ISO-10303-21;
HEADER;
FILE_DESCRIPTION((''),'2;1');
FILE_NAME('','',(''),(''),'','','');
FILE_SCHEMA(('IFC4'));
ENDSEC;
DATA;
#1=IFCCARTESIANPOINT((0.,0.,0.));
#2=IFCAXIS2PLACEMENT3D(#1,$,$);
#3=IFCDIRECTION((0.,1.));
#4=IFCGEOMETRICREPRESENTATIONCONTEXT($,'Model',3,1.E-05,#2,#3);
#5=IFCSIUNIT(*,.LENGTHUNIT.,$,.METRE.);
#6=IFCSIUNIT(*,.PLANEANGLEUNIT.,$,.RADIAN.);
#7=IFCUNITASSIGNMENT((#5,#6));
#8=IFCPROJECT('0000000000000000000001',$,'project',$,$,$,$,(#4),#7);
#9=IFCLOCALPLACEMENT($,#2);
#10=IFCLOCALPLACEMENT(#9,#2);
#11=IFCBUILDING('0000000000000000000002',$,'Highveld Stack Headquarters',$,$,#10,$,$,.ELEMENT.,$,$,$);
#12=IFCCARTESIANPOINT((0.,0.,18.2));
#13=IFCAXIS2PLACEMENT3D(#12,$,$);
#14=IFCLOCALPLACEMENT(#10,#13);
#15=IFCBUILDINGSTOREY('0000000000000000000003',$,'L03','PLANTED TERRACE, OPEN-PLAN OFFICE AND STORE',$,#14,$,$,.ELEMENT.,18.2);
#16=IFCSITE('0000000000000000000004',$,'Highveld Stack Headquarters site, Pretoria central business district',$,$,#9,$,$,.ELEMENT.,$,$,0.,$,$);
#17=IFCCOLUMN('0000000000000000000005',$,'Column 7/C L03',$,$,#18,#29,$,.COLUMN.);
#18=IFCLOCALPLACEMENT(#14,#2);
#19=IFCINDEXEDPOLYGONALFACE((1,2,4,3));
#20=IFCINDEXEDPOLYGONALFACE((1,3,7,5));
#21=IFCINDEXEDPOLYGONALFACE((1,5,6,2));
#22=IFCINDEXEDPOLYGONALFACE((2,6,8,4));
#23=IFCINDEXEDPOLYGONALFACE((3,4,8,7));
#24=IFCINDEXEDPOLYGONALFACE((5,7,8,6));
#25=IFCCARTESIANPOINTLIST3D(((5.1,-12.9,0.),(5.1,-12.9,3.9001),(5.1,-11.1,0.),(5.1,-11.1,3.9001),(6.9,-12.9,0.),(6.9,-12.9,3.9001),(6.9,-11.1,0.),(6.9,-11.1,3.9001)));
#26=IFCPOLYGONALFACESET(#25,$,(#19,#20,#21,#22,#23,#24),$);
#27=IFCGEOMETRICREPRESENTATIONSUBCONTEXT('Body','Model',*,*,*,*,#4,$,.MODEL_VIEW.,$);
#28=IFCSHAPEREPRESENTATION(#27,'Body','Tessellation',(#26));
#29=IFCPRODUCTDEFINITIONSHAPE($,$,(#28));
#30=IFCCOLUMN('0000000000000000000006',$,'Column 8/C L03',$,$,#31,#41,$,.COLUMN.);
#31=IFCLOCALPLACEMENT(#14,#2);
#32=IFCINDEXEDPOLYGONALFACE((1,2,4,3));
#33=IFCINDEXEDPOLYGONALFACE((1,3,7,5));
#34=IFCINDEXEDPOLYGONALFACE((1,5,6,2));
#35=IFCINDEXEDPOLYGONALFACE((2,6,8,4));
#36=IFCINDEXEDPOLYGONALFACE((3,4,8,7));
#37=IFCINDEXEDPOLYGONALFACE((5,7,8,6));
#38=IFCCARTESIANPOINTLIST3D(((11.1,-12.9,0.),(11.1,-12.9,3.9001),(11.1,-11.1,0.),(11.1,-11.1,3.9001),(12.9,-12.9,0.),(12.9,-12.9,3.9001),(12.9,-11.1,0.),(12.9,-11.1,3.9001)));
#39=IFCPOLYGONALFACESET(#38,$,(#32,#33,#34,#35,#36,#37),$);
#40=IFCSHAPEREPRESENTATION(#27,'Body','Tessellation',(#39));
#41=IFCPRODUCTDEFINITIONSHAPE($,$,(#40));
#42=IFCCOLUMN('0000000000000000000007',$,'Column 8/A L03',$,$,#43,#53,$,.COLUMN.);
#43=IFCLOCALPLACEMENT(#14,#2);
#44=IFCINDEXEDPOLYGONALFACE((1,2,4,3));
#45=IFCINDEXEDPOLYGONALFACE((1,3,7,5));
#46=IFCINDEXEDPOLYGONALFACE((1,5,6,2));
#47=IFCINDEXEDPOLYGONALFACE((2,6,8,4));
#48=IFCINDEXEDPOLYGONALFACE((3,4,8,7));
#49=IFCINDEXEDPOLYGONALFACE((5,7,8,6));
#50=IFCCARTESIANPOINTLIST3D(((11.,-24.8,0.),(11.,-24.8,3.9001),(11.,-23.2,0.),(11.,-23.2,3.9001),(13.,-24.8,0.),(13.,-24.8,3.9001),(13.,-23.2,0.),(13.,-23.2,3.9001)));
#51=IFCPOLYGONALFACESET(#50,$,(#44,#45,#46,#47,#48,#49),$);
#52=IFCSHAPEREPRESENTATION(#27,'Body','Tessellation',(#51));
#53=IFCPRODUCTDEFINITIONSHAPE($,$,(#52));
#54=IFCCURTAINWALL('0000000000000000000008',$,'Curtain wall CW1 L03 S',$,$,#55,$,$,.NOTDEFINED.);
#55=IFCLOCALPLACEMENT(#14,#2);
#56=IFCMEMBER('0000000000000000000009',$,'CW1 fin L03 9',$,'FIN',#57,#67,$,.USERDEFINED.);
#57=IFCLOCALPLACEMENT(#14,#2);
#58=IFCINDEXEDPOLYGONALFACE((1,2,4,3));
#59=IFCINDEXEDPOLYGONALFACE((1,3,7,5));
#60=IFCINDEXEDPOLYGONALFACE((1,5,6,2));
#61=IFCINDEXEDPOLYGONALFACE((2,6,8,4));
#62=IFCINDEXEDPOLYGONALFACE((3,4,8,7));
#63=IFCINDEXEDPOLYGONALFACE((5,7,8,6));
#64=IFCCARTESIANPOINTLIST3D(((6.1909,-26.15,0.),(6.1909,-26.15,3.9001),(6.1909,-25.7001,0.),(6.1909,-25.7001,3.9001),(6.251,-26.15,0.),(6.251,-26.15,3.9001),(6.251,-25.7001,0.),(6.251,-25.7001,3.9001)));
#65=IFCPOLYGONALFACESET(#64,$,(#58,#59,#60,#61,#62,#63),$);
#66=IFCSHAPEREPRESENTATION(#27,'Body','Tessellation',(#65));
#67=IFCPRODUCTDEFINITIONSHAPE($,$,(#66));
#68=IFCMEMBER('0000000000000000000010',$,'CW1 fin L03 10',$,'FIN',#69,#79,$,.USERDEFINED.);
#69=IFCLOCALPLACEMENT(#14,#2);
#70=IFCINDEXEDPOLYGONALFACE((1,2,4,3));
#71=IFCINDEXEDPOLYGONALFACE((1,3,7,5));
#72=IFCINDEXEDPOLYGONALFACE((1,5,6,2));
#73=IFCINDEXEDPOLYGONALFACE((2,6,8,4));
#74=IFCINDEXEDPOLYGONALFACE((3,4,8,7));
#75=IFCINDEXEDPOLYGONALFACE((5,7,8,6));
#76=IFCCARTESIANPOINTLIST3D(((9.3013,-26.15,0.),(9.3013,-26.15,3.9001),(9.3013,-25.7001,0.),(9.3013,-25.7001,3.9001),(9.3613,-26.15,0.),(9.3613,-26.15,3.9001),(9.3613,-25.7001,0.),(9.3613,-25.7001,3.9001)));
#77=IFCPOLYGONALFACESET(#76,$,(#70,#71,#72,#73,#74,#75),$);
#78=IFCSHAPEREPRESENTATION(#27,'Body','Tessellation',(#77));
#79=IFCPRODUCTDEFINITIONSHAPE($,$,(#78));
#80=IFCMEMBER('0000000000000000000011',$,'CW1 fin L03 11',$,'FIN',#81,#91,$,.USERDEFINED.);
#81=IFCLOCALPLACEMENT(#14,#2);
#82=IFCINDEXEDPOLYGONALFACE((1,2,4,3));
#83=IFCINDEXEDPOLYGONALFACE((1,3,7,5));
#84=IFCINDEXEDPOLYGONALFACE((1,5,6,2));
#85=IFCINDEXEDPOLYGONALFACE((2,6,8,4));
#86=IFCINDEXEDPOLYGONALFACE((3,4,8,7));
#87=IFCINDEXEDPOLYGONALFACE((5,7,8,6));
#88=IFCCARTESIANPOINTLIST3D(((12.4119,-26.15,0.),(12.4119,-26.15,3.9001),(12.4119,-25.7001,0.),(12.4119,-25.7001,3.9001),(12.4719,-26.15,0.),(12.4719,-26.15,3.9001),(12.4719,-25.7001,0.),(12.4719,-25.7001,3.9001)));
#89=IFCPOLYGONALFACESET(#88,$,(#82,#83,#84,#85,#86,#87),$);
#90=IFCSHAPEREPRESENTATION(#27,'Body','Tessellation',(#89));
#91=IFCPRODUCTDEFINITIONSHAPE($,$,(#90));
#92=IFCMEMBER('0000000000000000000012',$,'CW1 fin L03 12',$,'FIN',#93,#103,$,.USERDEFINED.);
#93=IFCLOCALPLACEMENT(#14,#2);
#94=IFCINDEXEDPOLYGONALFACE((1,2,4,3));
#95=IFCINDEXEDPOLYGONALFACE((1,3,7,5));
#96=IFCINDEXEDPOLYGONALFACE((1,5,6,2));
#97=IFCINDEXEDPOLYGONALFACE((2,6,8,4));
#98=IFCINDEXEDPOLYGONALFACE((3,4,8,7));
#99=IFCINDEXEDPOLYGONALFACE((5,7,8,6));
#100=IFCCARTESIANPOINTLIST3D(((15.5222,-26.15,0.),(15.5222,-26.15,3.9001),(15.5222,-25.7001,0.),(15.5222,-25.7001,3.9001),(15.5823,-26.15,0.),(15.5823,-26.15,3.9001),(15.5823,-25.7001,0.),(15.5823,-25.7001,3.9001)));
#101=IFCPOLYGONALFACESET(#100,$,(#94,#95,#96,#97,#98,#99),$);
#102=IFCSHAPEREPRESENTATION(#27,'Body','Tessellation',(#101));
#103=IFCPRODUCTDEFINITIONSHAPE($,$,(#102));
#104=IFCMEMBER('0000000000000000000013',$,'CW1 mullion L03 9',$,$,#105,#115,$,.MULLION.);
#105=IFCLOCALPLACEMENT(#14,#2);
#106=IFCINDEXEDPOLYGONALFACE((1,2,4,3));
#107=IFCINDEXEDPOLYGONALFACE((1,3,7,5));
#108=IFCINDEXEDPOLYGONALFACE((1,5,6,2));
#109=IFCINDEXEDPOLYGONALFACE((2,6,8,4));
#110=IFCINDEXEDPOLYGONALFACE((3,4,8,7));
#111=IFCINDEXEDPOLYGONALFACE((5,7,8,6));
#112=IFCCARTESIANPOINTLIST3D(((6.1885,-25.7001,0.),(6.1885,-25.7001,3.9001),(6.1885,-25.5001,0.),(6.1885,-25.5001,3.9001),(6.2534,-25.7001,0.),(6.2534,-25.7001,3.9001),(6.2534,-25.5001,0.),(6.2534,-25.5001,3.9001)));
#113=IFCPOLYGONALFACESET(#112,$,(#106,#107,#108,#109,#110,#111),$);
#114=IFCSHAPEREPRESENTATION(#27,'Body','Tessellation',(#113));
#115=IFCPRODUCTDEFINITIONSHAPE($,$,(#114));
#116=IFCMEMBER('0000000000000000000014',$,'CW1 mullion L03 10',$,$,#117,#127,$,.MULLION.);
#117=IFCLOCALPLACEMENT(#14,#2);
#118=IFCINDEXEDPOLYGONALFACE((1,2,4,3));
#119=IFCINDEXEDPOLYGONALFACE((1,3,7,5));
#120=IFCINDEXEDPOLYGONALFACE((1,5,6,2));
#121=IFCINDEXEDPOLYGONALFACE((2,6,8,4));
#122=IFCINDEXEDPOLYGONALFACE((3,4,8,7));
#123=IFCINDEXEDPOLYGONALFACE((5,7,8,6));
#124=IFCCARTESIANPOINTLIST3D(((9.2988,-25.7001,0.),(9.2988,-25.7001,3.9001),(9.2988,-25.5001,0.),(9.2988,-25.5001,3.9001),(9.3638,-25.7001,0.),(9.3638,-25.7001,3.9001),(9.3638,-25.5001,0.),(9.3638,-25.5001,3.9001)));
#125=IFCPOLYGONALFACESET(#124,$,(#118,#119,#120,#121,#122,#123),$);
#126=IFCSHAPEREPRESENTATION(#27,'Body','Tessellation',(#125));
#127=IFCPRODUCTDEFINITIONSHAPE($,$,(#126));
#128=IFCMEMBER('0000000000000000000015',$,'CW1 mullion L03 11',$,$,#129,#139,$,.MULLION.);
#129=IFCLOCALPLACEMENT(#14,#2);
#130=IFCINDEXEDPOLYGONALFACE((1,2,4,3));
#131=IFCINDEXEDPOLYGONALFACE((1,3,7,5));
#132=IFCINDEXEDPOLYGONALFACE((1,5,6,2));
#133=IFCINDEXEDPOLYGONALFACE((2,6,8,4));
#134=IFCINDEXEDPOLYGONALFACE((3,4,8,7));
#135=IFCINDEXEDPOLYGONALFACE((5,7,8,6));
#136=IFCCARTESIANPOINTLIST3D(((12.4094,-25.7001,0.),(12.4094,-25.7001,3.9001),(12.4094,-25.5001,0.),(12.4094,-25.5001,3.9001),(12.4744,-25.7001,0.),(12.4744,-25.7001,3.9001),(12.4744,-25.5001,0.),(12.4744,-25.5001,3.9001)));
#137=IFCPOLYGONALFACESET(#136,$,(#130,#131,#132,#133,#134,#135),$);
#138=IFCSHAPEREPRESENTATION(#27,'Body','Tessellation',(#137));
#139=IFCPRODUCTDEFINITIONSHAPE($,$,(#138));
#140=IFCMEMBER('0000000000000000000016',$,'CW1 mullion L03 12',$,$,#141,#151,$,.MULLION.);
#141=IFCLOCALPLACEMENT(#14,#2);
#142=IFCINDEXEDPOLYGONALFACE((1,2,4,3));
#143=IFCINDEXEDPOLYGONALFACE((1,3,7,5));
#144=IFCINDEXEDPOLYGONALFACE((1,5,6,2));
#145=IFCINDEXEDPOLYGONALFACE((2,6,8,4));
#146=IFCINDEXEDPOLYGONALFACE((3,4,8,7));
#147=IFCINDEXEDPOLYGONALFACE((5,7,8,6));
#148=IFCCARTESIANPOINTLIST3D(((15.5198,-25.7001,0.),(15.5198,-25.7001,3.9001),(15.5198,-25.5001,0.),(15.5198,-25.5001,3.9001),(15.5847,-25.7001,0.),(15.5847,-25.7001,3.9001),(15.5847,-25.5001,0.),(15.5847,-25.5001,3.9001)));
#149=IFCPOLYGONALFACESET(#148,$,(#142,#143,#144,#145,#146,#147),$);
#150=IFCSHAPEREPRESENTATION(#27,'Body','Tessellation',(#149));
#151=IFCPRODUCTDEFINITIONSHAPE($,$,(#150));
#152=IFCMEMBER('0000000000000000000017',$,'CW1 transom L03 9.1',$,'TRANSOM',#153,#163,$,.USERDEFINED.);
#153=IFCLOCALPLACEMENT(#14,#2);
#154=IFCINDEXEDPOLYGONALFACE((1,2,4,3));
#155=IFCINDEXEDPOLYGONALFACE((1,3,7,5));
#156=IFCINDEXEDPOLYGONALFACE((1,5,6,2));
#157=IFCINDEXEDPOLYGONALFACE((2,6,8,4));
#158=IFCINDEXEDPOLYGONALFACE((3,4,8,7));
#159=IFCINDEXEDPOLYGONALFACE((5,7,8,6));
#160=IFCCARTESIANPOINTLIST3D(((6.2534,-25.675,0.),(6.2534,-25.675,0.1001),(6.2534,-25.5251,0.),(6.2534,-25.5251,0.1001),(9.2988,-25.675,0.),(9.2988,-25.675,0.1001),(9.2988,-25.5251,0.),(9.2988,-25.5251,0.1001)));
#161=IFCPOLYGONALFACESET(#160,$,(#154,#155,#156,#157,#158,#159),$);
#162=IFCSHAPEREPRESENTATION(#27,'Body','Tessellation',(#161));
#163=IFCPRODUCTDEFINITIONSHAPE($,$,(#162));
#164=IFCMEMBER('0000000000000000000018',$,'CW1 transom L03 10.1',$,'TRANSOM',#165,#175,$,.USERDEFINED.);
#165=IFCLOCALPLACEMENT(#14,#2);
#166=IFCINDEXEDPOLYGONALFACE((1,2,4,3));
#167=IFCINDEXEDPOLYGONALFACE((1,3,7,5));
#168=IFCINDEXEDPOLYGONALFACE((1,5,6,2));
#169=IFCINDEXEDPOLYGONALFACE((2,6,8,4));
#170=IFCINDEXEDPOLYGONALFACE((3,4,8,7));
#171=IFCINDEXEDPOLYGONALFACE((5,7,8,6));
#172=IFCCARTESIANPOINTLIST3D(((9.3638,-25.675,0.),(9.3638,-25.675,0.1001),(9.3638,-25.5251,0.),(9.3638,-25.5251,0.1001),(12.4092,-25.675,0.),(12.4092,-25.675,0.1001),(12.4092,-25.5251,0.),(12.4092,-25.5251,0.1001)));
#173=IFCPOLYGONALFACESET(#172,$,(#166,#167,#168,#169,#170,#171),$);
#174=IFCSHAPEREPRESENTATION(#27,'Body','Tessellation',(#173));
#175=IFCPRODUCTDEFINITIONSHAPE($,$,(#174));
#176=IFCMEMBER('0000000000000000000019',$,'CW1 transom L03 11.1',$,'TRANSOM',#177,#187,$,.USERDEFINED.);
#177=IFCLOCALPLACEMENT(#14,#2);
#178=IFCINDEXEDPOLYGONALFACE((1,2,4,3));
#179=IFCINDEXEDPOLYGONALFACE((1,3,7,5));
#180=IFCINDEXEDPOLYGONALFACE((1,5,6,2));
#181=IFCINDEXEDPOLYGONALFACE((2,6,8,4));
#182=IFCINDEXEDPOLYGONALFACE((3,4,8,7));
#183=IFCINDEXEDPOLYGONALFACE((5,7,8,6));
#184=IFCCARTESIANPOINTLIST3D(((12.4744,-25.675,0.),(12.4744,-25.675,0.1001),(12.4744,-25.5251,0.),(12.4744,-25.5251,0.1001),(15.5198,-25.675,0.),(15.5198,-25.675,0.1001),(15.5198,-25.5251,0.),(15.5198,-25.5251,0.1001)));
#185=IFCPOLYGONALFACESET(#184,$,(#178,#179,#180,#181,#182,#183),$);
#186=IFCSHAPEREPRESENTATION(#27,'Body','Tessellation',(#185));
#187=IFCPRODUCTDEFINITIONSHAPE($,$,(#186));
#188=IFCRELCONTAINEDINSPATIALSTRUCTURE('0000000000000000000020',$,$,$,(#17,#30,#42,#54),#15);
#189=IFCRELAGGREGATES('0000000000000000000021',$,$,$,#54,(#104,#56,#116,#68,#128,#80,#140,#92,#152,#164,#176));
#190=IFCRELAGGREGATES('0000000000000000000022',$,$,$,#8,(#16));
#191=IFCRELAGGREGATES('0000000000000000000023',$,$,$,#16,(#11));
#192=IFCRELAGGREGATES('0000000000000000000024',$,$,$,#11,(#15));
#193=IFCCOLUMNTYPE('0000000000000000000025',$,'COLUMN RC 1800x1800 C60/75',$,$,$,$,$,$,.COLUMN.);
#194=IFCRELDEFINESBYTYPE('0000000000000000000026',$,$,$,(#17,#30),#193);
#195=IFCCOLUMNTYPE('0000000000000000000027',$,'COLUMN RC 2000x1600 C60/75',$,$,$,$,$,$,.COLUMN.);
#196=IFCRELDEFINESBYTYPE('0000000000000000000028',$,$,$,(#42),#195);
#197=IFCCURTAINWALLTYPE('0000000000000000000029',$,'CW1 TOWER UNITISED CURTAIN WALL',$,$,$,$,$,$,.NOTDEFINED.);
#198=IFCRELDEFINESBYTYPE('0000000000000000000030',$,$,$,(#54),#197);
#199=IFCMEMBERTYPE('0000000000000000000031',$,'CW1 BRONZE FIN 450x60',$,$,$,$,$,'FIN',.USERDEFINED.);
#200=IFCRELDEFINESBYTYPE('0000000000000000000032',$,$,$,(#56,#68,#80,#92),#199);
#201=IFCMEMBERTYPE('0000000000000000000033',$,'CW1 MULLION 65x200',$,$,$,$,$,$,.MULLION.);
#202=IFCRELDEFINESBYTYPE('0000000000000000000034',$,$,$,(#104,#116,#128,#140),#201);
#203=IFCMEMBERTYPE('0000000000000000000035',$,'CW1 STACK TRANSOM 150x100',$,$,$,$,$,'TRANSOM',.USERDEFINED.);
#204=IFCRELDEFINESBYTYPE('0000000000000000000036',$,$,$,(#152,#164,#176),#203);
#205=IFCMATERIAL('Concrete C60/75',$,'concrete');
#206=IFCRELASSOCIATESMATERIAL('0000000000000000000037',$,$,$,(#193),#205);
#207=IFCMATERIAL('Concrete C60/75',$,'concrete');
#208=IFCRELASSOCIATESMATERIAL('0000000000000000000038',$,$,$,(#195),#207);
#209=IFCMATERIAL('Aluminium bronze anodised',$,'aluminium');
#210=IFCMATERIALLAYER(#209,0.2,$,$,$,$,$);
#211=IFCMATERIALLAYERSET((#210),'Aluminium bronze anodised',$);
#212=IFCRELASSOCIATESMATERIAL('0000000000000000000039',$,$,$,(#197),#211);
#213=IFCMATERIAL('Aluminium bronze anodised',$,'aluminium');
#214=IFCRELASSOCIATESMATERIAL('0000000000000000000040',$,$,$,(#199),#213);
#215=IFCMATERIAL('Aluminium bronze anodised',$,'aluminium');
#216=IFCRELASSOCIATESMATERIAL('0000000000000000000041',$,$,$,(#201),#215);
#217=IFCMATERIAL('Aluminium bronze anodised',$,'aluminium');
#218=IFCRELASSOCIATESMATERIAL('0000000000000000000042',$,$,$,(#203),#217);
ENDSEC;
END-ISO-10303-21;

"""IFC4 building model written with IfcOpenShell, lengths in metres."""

from ifc_helpers import new_model, si_unit, direction, frame, origin, origin_2d, place, context, subcontext, project, spatial, rectangle, extrude, material, layer, layer_set, material_profile, profile_set, type_object, element, aggregate, save


model = new_model("IFC4")

# Units and contexts
model_context = context("Model", 3, precision=1e-05, world=origin(), true_north=direction((0.0, 1.0)))
body_context = subcontext(model_context, "Body", "Model", "MODEL_VIEW")
ifc_project = project(units=[si_unit("LENGTHUNIT", "METRE"), si_unit("PLANEANGLEUNIT", "RADIAN")], contexts=[model_context])

# Site, building, storey
site_placement = place(None, origin())
site = spatial("IfcSite", under=ifc_project, at=site_placement, Name="Highveld Stack Headquarters site, Pretoria central business district", CompositionType="ELEMENT", RefElevation=0.0)
building_placement = place(site_placement, origin())
building = spatial("IfcBuilding", under=site, at=building_placement, Name="Highveld Stack Headquarters", CompositionType="ELEMENT")
storey_placement = place(building_placement, frame((0.0, 0.0, 18.2)))
storey = spatial("IfcBuildingStorey", under=building, at=storey_placement, Name="L03", Description="PLANTED TERRACE, OPEN-PLAN OFFICE AND STORE", CompositionType="ELEMENT", Elevation=18.2)

# Columns
ifc_material_1 = material(Name="Concrete C60/75", Category="concrete")
ifc_material_profile_1 = material_profile(ifc_material_1, rectangle(XDim=1.8, YDim=1.8, at=origin_2d()), Name="RC 1800x1800")
ifc_profile_set_1 = profile_set([ifc_material_profile_1], Name="Concrete C60/75")
column_type_1 = type_object("IfcColumnType", Name="COLUMN RC 1800x1800 C60/75", PredefinedType="COLUMN", material=ifc_profile_set_1)
for number, where, z_axis, x_axis, name in (
    (1, (6.0, -12.0, 0.0), (0.0, 0.0, 1.0), (1.0, 0.0, 0.0), "Column 7/C L03"),
    (2, (12.0, -12.0, 0.0), (0.0, 0.0, 1.0), (1.0, 0.0, 0.0), "Column 8/C L03"),
):
    element("IfcColumn", number, at=place(storey_placement, frame(where, z_axis=z_axis, x_axis=x_axis)), inside=storey, type_object=column_type_1, Name=name, PredefinedType="COLUMN", context=body_context, shape_type="SweptSolid", body=[
        extrude(rectangle(XDim=1.8, YDim=1.8, at=origin_2d()), origin(), (0.0, 0.0, 1.0), 3.9001),
    ])
ifc_material_2 = material(Name="Concrete C60/75", Category="concrete")
ifc_material_profile_2 = material_profile(ifc_material_2, rectangle(XDim=2.0, YDim=1.6001, at=origin_2d()), Name="RC 2000x1600")
ifc_profile_set_2 = profile_set([ifc_material_profile_2], Name="Concrete C60/75")
column_type_2 = type_object("IfcColumnType", Name="COLUMN RC 2000x1600 C60/75", PredefinedType="COLUMN", material=ifc_profile_set_2)
column_placement = place(storey_placement, frame((12.0, -24.0, 0.0), z_axis=(0.0, 0.0, 1.0), x_axis=(1.0, 0.0, 0.0)))
element("IfcColumn", 3, at=column_placement, inside=storey, type_object=column_type_2, Name="Column 8/A L03", PredefinedType="COLUMN", context=body_context, shape_type="SweptSolid", body=[
    extrude(rectangle(XDim=2.0, YDim=1.6001, at=origin_2d()), origin(), (0.0, 0.0, 1.0), 3.9001),
])

# Curtain wall, members
ifc_material_3 = material(Name="Aluminium bronze anodised", Category="aluminium")
ifc_layer_1 = layer(ifc_material_3, 0.2)
ifc_layer_set_1 = layer_set([ifc_layer_1], Name="Aluminium bronze anodised")
curtain_wall_type = type_object("IfcCurtainWallType", Name="CW1 TOWER UNITISED CURTAIN WALL", PredefinedType="NOTDEFINED", material=ifc_layer_set_1)
curtain_wall_placement = place(storey_placement, origin())
curtain_wall = element("IfcCurtainWall", 4, at=curtain_wall_placement, inside=storey, type_object=curtain_wall_type, Name="Curtain wall CW1 L03 S", PredefinedType="NOTDEFINED")
ifc_material_4 = material(Name="Aluminium bronze anodised", Category="aluminium")
ifc_material_profile_3 = material_profile(ifc_material_4, rectangle(XDim=0.45, YDim=0.0601, at=origin_2d()), Name="FIN 450x60")
ifc_profile_set_3 = profile_set([ifc_material_profile_3], Name="Aluminium bronze anodised")
member_type_1 = type_object("IfcMemberType", Name="CW1 BRONZE FIN 450x60", ElementType="FIN", PredefinedType="USERDEFINED", material=ifc_profile_set_3)
member_1_placement = place(storey_placement, frame((6.2209, -25.925, 0.0), z_axis=(0.0, 0.0, 1.0), x_axis=(0.0, 1.0, 0.0)))
member_1 = element("IfcMember", 5, at=member_1_placement, type_object=member_type_1, Name="CW1 fin L03 9", ObjectType="FIN", PredefinedType="USERDEFINED", context=body_context, shape_type="SweptSolid", body=[
    extrude(rectangle(XDim=0.45, YDim=0.0601, at=origin_2d()), origin(), (0.0, 0.0, 1.0), 3.9001),
])
member_2_placement = place(storey_placement, frame((9.3313, -25.925, 0.0), z_axis=(0.0, 0.0, 1.0), x_axis=(0.0, 1.0, 0.0)))
member_2 = element("IfcMember", 6, at=member_2_placement, type_object=member_type_1, Name="CW1 fin L03 10", ObjectType="FIN", PredefinedType="USERDEFINED", context=body_context, shape_type="SweptSolid", body=[
    extrude(rectangle(XDim=0.45, YDim=0.0601, at=origin_2d()), origin(), (0.0, 0.0, 1.0), 3.9001),
])
member_3_placement = place(storey_placement, frame((12.4419, -25.925, 0.0), z_axis=(0.0, 0.0, 1.0), x_axis=(0.0, 1.0, 0.0)))
member_3 = element("IfcMember", 7, at=member_3_placement, type_object=member_type_1, Name="CW1 fin L03 11", ObjectType="FIN", PredefinedType="USERDEFINED", context=body_context, shape_type="SweptSolid", body=[
    extrude(rectangle(XDim=0.45, YDim=0.0601, at=origin_2d()), origin(), (0.0, 0.0, 1.0), 3.9001),
])
member_4_placement = place(storey_placement, frame((15.5522, -25.925, 0.0), z_axis=(0.0, 0.0, 1.0), x_axis=(0.0, 1.0, 0.0)))
member_4 = element("IfcMember", 8, at=member_4_placement, type_object=member_type_1, Name="CW1 fin L03 12", ObjectType="FIN", PredefinedType="USERDEFINED", context=body_context, shape_type="SweptSolid", body=[
    extrude(rectangle(XDim=0.45, YDim=0.0601, at=origin_2d()), origin(), (0.0, 0.0, 1.0), 3.9001),
])
ifc_material_5 = material(Name="Aluminium bronze anodised", Category="aluminium")
ifc_material_profile_4 = material_profile(ifc_material_5, rectangle(XDim=0.2, YDim=0.0649, at=origin_2d()), Name="CW1 MULLION 65x200")
ifc_profile_set_4 = profile_set([ifc_material_profile_4], Name="Aluminium bronze anodised")
member_type_2 = type_object("IfcMemberType", Name="CW1 MULLION 65x200", PredefinedType="MULLION", material=ifc_profile_set_4)
member_5_placement = place(storey_placement, frame((6.2209, -25.6001, 0.0), z_axis=(0.0, 0.0, 1.0), x_axis=(0.0, 1.0, 0.0)))
member_5 = element("IfcMember", 9, at=member_5_placement, type_object=member_type_2, Name="CW1 mullion L03 9", PredefinedType="MULLION", context=body_context, shape_type="SweptSolid", body=[
    extrude(rectangle(XDim=0.2, YDim=0.0649, at=origin_2d()), origin(), (0.0, 0.0, 1.0), 3.9001),
])
member_6_placement = place(storey_placement, frame((9.3313, -25.6001, 0.0), z_axis=(0.0, 0.0, 1.0), x_axis=(0.0, 1.0, 0.0)))
member_6 = element("IfcMember", 10, at=member_6_placement, type_object=member_type_2, Name="CW1 mullion L03 10", PredefinedType="MULLION", context=body_context, shape_type="SweptSolid", body=[
    extrude(rectangle(XDim=0.2, YDim=0.0649, at=origin_2d()), origin(), (0.0, 0.0, 1.0), 3.9001),
])
member_7_placement = place(storey_placement, frame((12.4419, -25.6001, 0.0), z_axis=(0.0, 0.0, 1.0), x_axis=(0.0, 1.0, 0.0)))
member_7 = element("IfcMember", 11, at=member_7_placement, type_object=member_type_2, Name="CW1 mullion L03 11", PredefinedType="MULLION", context=body_context, shape_type="SweptSolid", body=[
    extrude(rectangle(XDim=0.2, YDim=0.0649, at=origin_2d()), origin(), (0.0, 0.0, 1.0), 3.9001),
])
member_8_placement = place(storey_placement, frame((15.5522, -25.6001, 0.0), z_axis=(0.0, 0.0, 1.0), x_axis=(0.0, 1.0, 0.0)))
member_8 = element("IfcMember", 12, at=member_8_placement, type_object=member_type_2, Name="CW1 mullion L03 12", PredefinedType="MULLION", context=body_context, shape_type="SweptSolid", body=[
    extrude(rectangle(XDim=0.2, YDim=0.0649, at=origin_2d()), origin(), (0.0, 0.0, 1.0), 3.9001),
])
ifc_material_6 = material(Name="Aluminium bronze anodised", Category="aluminium")
ifc_material_profile_5 = material_profile(ifc_material_6, rectangle(XDim=0.1499, YDim=0.1001, at=origin_2d()), Name="CW1 TRANSOM 150x100")
ifc_profile_set_5 = profile_set([ifc_material_profile_5], Name="Aluminium bronze anodised")
member_type_3 = type_object("IfcMemberType", Name="CW1 STACK TRANSOM 150x100", ElementType="TRANSOM", PredefinedType="USERDEFINED", material=ifc_profile_set_5)
member_9_placement = place(storey_placement, frame((6.2534, -25.6001, 0.05), z_axis=(1.0, 0.0, 0.0), x_axis=(0.0, 1.0, 0.0)))
member_9 = element("IfcMember", 13, at=member_9_placement, type_object=member_type_3, Name="CW1 transom L03 9.1", ObjectType="TRANSOM", PredefinedType="USERDEFINED", context=body_context, shape_type="SweptSolid", body=[
    extrude(rectangle(XDim=0.1499, YDim=0.1001, at=origin_2d()), origin(), (0.0, 0.0, 1.0), 3.0454),
])
member_10_placement = place(storey_placement, frame((9.3638, -25.6001, 0.05), z_axis=(1.0, 0.0, 0.0), x_axis=(0.0, 1.0, 0.0)))
member_10 = element("IfcMember", 14, at=member_10_placement, type_object=member_type_3, Name="CW1 transom L03 10.1", ObjectType="TRANSOM", PredefinedType="USERDEFINED", context=body_context, shape_type="SweptSolid", body=[
    extrude(rectangle(XDim=0.1499, YDim=0.1001, at=origin_2d()), origin(), (0.0, 0.0, 1.0), 3.0454),
])
member_11_placement = place(storey_placement, frame((12.4744, -25.6001, 0.05), z_axis=(1.0, 0.0, 0.0), x_axis=(0.0, 1.0, 0.0)))
member_11 = element("IfcMember", 15, at=member_11_placement, type_object=member_type_3, Name="CW1 transom L03 11.1", ObjectType="TRANSOM", PredefinedType="USERDEFINED", context=body_context, shape_type="SweptSolid", body=[
    extrude(rectangle(XDim=0.1499, YDim=0.1001, at=origin_2d()), origin(), (0.0, 0.0, 1.0), 3.0454),
])

aggregate(curtain_wall, [member_5, member_1, member_6, member_2, member_7, member_3, member_8, member_4, member_9, member_10, member_11])

save(model, "model.ifc")
